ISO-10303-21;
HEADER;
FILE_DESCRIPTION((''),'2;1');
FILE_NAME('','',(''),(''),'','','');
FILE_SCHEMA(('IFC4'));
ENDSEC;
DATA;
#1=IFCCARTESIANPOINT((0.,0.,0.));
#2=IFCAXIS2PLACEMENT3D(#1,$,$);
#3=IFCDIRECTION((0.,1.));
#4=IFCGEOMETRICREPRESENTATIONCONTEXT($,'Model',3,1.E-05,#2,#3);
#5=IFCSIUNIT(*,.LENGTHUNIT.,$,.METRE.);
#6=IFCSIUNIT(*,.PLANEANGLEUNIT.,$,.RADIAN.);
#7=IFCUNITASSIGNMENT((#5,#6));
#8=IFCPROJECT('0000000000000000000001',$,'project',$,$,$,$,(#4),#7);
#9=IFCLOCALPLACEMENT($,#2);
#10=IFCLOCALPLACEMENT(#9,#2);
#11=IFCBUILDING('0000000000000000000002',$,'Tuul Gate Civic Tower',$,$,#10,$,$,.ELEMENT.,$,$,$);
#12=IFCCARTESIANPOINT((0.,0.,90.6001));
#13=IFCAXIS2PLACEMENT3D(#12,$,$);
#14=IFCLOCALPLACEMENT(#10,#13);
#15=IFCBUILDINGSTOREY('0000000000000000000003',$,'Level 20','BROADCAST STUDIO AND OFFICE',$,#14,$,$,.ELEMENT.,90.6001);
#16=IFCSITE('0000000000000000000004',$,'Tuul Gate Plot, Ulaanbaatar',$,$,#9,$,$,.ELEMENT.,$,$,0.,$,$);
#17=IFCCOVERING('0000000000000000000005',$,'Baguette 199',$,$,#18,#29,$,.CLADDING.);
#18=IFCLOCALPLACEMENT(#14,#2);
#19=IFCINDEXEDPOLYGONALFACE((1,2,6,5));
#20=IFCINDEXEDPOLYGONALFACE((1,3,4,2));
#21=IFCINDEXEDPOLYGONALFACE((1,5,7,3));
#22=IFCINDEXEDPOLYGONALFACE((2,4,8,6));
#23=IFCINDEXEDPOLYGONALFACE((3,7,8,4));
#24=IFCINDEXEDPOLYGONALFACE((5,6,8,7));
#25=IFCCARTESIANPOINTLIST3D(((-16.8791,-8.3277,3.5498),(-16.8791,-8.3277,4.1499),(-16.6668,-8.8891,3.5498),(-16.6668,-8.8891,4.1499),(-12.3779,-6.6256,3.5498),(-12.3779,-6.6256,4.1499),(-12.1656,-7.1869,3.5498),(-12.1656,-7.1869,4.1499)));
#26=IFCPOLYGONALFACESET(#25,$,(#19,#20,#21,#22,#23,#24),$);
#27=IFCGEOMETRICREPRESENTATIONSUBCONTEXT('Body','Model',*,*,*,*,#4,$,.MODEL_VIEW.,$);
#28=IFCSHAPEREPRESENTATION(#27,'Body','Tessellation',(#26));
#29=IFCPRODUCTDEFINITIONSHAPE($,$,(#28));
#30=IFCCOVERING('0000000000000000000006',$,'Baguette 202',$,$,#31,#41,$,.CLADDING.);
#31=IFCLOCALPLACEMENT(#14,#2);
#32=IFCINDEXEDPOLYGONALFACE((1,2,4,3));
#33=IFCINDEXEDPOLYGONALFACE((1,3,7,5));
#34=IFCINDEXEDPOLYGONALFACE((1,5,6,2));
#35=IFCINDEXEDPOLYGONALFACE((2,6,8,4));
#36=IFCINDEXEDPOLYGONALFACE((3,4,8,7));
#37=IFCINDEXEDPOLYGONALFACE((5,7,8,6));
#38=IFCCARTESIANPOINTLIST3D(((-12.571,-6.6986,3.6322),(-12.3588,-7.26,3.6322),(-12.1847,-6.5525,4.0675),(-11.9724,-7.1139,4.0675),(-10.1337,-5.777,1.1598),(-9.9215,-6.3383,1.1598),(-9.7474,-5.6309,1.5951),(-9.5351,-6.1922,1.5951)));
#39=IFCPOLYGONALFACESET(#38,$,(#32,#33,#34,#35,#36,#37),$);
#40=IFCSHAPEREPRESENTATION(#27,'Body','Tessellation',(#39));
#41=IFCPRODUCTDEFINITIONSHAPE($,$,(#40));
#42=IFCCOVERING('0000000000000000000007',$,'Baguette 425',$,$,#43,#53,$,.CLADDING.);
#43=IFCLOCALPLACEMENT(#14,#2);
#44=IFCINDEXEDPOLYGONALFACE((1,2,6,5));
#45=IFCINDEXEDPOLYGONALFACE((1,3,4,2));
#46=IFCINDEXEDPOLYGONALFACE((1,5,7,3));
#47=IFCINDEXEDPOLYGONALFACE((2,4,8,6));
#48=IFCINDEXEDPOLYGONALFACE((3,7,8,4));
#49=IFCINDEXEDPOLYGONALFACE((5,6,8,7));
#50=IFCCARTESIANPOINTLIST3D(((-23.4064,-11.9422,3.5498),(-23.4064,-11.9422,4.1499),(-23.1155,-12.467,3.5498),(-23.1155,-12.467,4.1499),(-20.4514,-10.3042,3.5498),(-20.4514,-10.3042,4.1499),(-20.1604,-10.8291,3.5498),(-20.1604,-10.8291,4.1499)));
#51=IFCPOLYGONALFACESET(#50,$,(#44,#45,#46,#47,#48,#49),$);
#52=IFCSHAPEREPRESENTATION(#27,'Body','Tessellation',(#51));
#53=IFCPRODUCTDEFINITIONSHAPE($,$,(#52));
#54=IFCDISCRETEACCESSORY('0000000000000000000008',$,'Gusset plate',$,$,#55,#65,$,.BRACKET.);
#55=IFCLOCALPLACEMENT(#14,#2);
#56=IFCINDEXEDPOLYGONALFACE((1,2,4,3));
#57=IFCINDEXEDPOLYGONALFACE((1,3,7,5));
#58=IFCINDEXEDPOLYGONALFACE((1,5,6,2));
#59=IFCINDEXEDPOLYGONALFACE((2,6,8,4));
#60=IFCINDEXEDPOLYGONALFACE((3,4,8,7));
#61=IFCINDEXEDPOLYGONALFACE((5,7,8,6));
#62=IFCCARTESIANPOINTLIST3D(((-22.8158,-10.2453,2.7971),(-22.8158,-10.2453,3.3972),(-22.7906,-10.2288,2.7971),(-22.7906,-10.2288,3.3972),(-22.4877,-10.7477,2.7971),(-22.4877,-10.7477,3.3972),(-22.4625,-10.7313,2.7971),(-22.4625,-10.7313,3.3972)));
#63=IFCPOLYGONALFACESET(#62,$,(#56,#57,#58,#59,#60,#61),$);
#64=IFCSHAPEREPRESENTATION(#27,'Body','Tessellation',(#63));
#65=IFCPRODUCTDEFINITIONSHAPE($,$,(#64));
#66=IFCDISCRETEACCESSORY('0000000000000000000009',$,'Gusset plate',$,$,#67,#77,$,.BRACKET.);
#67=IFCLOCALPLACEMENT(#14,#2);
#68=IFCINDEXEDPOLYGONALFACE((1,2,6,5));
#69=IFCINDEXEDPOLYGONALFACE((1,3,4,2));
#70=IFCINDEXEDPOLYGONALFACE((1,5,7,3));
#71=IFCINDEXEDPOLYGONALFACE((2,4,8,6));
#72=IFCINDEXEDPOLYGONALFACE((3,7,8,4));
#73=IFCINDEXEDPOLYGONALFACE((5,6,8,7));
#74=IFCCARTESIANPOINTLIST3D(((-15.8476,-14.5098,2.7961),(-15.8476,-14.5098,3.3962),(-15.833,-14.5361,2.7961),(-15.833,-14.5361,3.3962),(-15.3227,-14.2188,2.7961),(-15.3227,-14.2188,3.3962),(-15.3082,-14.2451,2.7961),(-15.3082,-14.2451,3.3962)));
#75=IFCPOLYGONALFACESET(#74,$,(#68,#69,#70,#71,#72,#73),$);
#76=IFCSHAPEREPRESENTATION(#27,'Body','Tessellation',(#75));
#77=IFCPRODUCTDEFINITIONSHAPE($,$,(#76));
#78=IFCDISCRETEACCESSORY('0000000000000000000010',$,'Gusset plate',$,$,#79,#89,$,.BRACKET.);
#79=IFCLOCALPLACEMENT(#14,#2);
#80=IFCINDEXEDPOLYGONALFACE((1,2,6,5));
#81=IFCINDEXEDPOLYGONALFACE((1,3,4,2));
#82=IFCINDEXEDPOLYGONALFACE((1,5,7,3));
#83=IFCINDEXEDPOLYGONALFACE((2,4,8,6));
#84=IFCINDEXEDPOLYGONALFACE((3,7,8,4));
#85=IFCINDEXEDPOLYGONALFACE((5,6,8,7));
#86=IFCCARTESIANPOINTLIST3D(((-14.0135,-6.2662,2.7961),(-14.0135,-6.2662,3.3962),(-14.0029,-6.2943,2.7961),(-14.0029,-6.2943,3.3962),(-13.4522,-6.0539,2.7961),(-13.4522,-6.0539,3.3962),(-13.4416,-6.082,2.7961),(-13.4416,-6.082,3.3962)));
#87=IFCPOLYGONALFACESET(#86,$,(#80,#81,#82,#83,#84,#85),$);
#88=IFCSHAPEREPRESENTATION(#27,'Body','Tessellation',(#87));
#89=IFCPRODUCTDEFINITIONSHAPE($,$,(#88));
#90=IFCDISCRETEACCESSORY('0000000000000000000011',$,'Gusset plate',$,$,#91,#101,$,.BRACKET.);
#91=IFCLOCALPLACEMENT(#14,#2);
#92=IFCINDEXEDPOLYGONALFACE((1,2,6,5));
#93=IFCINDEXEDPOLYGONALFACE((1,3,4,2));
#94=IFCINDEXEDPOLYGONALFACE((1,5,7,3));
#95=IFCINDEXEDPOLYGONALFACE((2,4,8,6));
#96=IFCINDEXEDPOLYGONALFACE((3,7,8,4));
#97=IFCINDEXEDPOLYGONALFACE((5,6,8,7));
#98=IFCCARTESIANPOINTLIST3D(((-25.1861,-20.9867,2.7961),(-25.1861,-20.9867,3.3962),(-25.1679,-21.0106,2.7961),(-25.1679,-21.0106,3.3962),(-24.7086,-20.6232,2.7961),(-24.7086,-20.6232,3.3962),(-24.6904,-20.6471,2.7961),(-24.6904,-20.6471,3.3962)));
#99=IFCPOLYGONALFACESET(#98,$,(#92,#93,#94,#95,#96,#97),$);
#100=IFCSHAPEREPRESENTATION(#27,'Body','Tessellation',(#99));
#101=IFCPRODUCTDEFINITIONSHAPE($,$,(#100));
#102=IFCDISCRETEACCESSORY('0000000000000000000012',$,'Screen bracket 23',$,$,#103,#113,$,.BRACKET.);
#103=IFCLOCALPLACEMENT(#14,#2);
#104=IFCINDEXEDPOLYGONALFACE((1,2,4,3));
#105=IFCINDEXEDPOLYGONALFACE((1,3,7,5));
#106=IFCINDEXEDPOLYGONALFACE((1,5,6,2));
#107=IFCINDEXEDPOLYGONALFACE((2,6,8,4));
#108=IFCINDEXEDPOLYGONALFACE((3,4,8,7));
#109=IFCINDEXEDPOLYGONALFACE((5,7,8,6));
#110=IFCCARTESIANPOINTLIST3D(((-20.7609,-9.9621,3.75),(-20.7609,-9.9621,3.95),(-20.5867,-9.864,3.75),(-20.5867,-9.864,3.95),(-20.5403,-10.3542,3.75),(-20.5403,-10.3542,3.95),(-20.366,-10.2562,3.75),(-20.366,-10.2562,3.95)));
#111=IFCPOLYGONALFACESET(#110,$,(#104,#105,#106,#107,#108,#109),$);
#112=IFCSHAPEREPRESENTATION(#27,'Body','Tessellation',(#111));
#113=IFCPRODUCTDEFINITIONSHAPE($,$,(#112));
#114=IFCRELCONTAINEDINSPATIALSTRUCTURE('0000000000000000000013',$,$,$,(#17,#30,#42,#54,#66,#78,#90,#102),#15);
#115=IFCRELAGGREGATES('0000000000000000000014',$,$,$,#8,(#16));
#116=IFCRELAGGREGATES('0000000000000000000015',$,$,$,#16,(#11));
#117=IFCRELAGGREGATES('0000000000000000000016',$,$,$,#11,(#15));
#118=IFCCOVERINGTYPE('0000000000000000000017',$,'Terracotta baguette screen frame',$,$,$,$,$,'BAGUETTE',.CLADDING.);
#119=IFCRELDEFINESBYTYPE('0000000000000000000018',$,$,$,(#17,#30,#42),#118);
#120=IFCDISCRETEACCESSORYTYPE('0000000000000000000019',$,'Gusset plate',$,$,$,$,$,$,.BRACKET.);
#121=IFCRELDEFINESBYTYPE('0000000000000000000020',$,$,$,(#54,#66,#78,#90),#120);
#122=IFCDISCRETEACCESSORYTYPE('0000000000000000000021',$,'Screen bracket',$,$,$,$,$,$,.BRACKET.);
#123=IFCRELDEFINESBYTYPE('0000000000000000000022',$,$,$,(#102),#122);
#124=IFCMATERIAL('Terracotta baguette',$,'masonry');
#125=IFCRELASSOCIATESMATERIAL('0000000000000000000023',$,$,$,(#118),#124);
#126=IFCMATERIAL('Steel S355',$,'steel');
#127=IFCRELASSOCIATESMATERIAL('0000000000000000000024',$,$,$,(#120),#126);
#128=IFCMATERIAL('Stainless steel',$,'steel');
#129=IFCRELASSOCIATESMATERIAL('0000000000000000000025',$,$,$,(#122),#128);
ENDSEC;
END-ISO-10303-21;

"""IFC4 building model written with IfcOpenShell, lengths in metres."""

from ifc_helpers import new_model, si_unit, direction, frame, origin, origin_2d, place, context, subcontext, project, spatial, rectangle, extrude, material, material_profile, profile_set, type_object, element, save


model = new_model("IFC4")

# Units and contexts
model_context = context("Model", 3, precision=1e-05, world=origin(), true_north=direction((0.0, 1.0)))
body_context = subcontext(model_context, "Body", "Model", "MODEL_VIEW")
ifc_project = project(units=[si_unit("LENGTHUNIT", "METRE"), si_unit("PLANEANGLEUNIT", "RADIAN")], contexts=[model_context])

# Site, building, storey
site_placement = place(None, origin())
site = spatial("IfcSite", under=ifc_project, at=site_placement, Name="Tuul Gate Plot, Ulaanbaatar", CompositionType="ELEMENT", RefElevation=0.0)
building_placement = place(site_placement, origin())
building = spatial("IfcBuilding", under=site, at=building_placement, Name="Tuul Gate Civic Tower", CompositionType="ELEMENT")
storey_placement = place(building_placement, frame((0.0, 0.0, 90.6001)))
storey = spatial("IfcBuildingStorey", under=building, at=storey_placement, Name="Level 20", Description="BROADCAST STUDIO AND OFFICE", CompositionType="ELEMENT", Elevation=90.6001)

# Coverings
ifc_material_1 = material(Name="Terracotta baguette", Category="masonry")
ifc_material_profile_1 = material_profile(ifc_material_1, rectangle(XDim=0.6001, YDim=0.6001, at=origin_2d()), Name="Terracotta baguette screen frame")
ifc_profile_set_1 = profile_set([ifc_material_profile_1], Name="Terracotta baguette")
covering_type = type_object("IfcCoveringType", Name="Terracotta baguette screen frame", ElementType="BAGUETTE", PredefinedType="CLADDING", material=ifc_profile_set_1)
covering_1_placement = place(storey_placement, frame((-16.7729, -8.6084, 3.8499), z_axis=(0.935356, 0.353707, 0.0), x_axis=(-0.353707, 0.935356, 0.0)))
element("IfcCovering", 1, at=covering_1_placement, inside=storey, type_object=covering_type, Name="Baguette 199", PredefinedType="CLADDING", context=body_context, shape_type="SweptSolid", body=[
    extrude(rectangle(XDim=0.6001, YDim=0.6001, at=origin_2d()), origin(), (0.0, 0.0, 1.0), 4.8123),
])
covering_2_placement = place(storey_placement, frame((-12.2717, -6.9062, 3.8499), z_axis=(0.678524, 0.256579, -0.688311), x_axis=(-0.353699, 0.935359, 0.0)))
element("IfcCovering", 2, at=covering_2_placement, inside=storey, type_object=covering_type, Name="Baguette 202", PredefinedType="CLADDING", context=body_context, shape_type="SweptSolid", body=[
    extrude(rectangle(XDim=0.6001, YDim=0.6001, at=origin_2d()), origin(), (0.0, 0.0, 1.0), 3.592),
])
covering_3_placement = place(storey_placement, frame((-23.261, -12.2046, 3.8499), z_axis=(0.874631, 0.48479, 0.0), x_axis=(-0.48479, 0.874631, 0.0)))
element("IfcCovering", 3, at=covering_3_placement, inside=storey, type_object=covering_type, Name="Baguette 425", PredefinedType="CLADDING", context=body_context, shape_type="SweptSolid", body=[
    extrude(rectangle(XDim=0.6001, YDim=0.6001, at=origin_2d()), origin(), (0.0, 0.0, 1.0), 3.3787),
])

# Discrete accessories
ifc_material_2 = material(Name="Steel S355", Category="steel")
discrete_accessory_type_1 = type_object("IfcDiscreteAccessoryType", Name="Gusset plate", PredefinedType="BRACKET", material=ifc_material_2)
for number, where, z_axis, x_axis, name in (
    (4, (-22.6392, -10.4883, 2.7971), (0.0, 0.0, 1.0), (-0.546722, 0.837314, 0.0), "Gusset plate"),
    (5, (-15.5779, -14.3774, 2.7961), (0.0, 0.0, 1.0), (-0.874598, -0.484849, 0.0), "Gusset plate"),
    (6, (-13.7275, -6.1741, 2.7961), (0.0, 0.0, 1.0), (-0.935324, -0.353792, 0.0), "Gusset plate"),
    (7, (-24.9382, -20.8169, 2.7961), (0.0, 0.0, 1.0), (0.795616, 0.605801, 0.0), "Gusset plate"),
):
    element("IfcDiscreteAccessory", number, at=place(storey_placement, frame(where, z_axis=z_axis, x_axis=x_axis)), inside=storey, type_object=discrete_accessory_type_1, Name=name, PredefinedType="BRACKET", context=body_context, shape_type="SweptSolid", body=[
        extrude(rectangle(XDim=0.6001, YDim=0.03, at=origin_2d()), origin(), (0.0, 0.0, 1.0), 0.6001),
    ])
ifc_material_3 = material(Name="Stainless steel", Category="steel")
discrete_accessory_type_2 = type_object("IfcDiscreteAccessoryType", Name="Screen bracket", PredefinedType="BRACKET", material=ifc_material_3)
discrete_accessory_placement = place(storey_placement, frame((-20.5635, -10.1091, 3.75), z_axis=(0.0, 0.0, 1.0), x_axis=(0.490458, -0.871465, 0.0)))
element("IfcDiscreteAccessory", 8, at=discrete_accessory_placement, inside=storey, type_object=discrete_accessory_type_2, Name="Screen bracket 23", PredefinedType="BRACKET", context=body_context, shape_type="SweptSolid", body=[
    extrude(rectangle(XDim=0.45, YDim=0.2, at=origin_2d()), origin(), (0.0, 0.0, 1.0), 0.2),
])

save(model, "model.ifc")
